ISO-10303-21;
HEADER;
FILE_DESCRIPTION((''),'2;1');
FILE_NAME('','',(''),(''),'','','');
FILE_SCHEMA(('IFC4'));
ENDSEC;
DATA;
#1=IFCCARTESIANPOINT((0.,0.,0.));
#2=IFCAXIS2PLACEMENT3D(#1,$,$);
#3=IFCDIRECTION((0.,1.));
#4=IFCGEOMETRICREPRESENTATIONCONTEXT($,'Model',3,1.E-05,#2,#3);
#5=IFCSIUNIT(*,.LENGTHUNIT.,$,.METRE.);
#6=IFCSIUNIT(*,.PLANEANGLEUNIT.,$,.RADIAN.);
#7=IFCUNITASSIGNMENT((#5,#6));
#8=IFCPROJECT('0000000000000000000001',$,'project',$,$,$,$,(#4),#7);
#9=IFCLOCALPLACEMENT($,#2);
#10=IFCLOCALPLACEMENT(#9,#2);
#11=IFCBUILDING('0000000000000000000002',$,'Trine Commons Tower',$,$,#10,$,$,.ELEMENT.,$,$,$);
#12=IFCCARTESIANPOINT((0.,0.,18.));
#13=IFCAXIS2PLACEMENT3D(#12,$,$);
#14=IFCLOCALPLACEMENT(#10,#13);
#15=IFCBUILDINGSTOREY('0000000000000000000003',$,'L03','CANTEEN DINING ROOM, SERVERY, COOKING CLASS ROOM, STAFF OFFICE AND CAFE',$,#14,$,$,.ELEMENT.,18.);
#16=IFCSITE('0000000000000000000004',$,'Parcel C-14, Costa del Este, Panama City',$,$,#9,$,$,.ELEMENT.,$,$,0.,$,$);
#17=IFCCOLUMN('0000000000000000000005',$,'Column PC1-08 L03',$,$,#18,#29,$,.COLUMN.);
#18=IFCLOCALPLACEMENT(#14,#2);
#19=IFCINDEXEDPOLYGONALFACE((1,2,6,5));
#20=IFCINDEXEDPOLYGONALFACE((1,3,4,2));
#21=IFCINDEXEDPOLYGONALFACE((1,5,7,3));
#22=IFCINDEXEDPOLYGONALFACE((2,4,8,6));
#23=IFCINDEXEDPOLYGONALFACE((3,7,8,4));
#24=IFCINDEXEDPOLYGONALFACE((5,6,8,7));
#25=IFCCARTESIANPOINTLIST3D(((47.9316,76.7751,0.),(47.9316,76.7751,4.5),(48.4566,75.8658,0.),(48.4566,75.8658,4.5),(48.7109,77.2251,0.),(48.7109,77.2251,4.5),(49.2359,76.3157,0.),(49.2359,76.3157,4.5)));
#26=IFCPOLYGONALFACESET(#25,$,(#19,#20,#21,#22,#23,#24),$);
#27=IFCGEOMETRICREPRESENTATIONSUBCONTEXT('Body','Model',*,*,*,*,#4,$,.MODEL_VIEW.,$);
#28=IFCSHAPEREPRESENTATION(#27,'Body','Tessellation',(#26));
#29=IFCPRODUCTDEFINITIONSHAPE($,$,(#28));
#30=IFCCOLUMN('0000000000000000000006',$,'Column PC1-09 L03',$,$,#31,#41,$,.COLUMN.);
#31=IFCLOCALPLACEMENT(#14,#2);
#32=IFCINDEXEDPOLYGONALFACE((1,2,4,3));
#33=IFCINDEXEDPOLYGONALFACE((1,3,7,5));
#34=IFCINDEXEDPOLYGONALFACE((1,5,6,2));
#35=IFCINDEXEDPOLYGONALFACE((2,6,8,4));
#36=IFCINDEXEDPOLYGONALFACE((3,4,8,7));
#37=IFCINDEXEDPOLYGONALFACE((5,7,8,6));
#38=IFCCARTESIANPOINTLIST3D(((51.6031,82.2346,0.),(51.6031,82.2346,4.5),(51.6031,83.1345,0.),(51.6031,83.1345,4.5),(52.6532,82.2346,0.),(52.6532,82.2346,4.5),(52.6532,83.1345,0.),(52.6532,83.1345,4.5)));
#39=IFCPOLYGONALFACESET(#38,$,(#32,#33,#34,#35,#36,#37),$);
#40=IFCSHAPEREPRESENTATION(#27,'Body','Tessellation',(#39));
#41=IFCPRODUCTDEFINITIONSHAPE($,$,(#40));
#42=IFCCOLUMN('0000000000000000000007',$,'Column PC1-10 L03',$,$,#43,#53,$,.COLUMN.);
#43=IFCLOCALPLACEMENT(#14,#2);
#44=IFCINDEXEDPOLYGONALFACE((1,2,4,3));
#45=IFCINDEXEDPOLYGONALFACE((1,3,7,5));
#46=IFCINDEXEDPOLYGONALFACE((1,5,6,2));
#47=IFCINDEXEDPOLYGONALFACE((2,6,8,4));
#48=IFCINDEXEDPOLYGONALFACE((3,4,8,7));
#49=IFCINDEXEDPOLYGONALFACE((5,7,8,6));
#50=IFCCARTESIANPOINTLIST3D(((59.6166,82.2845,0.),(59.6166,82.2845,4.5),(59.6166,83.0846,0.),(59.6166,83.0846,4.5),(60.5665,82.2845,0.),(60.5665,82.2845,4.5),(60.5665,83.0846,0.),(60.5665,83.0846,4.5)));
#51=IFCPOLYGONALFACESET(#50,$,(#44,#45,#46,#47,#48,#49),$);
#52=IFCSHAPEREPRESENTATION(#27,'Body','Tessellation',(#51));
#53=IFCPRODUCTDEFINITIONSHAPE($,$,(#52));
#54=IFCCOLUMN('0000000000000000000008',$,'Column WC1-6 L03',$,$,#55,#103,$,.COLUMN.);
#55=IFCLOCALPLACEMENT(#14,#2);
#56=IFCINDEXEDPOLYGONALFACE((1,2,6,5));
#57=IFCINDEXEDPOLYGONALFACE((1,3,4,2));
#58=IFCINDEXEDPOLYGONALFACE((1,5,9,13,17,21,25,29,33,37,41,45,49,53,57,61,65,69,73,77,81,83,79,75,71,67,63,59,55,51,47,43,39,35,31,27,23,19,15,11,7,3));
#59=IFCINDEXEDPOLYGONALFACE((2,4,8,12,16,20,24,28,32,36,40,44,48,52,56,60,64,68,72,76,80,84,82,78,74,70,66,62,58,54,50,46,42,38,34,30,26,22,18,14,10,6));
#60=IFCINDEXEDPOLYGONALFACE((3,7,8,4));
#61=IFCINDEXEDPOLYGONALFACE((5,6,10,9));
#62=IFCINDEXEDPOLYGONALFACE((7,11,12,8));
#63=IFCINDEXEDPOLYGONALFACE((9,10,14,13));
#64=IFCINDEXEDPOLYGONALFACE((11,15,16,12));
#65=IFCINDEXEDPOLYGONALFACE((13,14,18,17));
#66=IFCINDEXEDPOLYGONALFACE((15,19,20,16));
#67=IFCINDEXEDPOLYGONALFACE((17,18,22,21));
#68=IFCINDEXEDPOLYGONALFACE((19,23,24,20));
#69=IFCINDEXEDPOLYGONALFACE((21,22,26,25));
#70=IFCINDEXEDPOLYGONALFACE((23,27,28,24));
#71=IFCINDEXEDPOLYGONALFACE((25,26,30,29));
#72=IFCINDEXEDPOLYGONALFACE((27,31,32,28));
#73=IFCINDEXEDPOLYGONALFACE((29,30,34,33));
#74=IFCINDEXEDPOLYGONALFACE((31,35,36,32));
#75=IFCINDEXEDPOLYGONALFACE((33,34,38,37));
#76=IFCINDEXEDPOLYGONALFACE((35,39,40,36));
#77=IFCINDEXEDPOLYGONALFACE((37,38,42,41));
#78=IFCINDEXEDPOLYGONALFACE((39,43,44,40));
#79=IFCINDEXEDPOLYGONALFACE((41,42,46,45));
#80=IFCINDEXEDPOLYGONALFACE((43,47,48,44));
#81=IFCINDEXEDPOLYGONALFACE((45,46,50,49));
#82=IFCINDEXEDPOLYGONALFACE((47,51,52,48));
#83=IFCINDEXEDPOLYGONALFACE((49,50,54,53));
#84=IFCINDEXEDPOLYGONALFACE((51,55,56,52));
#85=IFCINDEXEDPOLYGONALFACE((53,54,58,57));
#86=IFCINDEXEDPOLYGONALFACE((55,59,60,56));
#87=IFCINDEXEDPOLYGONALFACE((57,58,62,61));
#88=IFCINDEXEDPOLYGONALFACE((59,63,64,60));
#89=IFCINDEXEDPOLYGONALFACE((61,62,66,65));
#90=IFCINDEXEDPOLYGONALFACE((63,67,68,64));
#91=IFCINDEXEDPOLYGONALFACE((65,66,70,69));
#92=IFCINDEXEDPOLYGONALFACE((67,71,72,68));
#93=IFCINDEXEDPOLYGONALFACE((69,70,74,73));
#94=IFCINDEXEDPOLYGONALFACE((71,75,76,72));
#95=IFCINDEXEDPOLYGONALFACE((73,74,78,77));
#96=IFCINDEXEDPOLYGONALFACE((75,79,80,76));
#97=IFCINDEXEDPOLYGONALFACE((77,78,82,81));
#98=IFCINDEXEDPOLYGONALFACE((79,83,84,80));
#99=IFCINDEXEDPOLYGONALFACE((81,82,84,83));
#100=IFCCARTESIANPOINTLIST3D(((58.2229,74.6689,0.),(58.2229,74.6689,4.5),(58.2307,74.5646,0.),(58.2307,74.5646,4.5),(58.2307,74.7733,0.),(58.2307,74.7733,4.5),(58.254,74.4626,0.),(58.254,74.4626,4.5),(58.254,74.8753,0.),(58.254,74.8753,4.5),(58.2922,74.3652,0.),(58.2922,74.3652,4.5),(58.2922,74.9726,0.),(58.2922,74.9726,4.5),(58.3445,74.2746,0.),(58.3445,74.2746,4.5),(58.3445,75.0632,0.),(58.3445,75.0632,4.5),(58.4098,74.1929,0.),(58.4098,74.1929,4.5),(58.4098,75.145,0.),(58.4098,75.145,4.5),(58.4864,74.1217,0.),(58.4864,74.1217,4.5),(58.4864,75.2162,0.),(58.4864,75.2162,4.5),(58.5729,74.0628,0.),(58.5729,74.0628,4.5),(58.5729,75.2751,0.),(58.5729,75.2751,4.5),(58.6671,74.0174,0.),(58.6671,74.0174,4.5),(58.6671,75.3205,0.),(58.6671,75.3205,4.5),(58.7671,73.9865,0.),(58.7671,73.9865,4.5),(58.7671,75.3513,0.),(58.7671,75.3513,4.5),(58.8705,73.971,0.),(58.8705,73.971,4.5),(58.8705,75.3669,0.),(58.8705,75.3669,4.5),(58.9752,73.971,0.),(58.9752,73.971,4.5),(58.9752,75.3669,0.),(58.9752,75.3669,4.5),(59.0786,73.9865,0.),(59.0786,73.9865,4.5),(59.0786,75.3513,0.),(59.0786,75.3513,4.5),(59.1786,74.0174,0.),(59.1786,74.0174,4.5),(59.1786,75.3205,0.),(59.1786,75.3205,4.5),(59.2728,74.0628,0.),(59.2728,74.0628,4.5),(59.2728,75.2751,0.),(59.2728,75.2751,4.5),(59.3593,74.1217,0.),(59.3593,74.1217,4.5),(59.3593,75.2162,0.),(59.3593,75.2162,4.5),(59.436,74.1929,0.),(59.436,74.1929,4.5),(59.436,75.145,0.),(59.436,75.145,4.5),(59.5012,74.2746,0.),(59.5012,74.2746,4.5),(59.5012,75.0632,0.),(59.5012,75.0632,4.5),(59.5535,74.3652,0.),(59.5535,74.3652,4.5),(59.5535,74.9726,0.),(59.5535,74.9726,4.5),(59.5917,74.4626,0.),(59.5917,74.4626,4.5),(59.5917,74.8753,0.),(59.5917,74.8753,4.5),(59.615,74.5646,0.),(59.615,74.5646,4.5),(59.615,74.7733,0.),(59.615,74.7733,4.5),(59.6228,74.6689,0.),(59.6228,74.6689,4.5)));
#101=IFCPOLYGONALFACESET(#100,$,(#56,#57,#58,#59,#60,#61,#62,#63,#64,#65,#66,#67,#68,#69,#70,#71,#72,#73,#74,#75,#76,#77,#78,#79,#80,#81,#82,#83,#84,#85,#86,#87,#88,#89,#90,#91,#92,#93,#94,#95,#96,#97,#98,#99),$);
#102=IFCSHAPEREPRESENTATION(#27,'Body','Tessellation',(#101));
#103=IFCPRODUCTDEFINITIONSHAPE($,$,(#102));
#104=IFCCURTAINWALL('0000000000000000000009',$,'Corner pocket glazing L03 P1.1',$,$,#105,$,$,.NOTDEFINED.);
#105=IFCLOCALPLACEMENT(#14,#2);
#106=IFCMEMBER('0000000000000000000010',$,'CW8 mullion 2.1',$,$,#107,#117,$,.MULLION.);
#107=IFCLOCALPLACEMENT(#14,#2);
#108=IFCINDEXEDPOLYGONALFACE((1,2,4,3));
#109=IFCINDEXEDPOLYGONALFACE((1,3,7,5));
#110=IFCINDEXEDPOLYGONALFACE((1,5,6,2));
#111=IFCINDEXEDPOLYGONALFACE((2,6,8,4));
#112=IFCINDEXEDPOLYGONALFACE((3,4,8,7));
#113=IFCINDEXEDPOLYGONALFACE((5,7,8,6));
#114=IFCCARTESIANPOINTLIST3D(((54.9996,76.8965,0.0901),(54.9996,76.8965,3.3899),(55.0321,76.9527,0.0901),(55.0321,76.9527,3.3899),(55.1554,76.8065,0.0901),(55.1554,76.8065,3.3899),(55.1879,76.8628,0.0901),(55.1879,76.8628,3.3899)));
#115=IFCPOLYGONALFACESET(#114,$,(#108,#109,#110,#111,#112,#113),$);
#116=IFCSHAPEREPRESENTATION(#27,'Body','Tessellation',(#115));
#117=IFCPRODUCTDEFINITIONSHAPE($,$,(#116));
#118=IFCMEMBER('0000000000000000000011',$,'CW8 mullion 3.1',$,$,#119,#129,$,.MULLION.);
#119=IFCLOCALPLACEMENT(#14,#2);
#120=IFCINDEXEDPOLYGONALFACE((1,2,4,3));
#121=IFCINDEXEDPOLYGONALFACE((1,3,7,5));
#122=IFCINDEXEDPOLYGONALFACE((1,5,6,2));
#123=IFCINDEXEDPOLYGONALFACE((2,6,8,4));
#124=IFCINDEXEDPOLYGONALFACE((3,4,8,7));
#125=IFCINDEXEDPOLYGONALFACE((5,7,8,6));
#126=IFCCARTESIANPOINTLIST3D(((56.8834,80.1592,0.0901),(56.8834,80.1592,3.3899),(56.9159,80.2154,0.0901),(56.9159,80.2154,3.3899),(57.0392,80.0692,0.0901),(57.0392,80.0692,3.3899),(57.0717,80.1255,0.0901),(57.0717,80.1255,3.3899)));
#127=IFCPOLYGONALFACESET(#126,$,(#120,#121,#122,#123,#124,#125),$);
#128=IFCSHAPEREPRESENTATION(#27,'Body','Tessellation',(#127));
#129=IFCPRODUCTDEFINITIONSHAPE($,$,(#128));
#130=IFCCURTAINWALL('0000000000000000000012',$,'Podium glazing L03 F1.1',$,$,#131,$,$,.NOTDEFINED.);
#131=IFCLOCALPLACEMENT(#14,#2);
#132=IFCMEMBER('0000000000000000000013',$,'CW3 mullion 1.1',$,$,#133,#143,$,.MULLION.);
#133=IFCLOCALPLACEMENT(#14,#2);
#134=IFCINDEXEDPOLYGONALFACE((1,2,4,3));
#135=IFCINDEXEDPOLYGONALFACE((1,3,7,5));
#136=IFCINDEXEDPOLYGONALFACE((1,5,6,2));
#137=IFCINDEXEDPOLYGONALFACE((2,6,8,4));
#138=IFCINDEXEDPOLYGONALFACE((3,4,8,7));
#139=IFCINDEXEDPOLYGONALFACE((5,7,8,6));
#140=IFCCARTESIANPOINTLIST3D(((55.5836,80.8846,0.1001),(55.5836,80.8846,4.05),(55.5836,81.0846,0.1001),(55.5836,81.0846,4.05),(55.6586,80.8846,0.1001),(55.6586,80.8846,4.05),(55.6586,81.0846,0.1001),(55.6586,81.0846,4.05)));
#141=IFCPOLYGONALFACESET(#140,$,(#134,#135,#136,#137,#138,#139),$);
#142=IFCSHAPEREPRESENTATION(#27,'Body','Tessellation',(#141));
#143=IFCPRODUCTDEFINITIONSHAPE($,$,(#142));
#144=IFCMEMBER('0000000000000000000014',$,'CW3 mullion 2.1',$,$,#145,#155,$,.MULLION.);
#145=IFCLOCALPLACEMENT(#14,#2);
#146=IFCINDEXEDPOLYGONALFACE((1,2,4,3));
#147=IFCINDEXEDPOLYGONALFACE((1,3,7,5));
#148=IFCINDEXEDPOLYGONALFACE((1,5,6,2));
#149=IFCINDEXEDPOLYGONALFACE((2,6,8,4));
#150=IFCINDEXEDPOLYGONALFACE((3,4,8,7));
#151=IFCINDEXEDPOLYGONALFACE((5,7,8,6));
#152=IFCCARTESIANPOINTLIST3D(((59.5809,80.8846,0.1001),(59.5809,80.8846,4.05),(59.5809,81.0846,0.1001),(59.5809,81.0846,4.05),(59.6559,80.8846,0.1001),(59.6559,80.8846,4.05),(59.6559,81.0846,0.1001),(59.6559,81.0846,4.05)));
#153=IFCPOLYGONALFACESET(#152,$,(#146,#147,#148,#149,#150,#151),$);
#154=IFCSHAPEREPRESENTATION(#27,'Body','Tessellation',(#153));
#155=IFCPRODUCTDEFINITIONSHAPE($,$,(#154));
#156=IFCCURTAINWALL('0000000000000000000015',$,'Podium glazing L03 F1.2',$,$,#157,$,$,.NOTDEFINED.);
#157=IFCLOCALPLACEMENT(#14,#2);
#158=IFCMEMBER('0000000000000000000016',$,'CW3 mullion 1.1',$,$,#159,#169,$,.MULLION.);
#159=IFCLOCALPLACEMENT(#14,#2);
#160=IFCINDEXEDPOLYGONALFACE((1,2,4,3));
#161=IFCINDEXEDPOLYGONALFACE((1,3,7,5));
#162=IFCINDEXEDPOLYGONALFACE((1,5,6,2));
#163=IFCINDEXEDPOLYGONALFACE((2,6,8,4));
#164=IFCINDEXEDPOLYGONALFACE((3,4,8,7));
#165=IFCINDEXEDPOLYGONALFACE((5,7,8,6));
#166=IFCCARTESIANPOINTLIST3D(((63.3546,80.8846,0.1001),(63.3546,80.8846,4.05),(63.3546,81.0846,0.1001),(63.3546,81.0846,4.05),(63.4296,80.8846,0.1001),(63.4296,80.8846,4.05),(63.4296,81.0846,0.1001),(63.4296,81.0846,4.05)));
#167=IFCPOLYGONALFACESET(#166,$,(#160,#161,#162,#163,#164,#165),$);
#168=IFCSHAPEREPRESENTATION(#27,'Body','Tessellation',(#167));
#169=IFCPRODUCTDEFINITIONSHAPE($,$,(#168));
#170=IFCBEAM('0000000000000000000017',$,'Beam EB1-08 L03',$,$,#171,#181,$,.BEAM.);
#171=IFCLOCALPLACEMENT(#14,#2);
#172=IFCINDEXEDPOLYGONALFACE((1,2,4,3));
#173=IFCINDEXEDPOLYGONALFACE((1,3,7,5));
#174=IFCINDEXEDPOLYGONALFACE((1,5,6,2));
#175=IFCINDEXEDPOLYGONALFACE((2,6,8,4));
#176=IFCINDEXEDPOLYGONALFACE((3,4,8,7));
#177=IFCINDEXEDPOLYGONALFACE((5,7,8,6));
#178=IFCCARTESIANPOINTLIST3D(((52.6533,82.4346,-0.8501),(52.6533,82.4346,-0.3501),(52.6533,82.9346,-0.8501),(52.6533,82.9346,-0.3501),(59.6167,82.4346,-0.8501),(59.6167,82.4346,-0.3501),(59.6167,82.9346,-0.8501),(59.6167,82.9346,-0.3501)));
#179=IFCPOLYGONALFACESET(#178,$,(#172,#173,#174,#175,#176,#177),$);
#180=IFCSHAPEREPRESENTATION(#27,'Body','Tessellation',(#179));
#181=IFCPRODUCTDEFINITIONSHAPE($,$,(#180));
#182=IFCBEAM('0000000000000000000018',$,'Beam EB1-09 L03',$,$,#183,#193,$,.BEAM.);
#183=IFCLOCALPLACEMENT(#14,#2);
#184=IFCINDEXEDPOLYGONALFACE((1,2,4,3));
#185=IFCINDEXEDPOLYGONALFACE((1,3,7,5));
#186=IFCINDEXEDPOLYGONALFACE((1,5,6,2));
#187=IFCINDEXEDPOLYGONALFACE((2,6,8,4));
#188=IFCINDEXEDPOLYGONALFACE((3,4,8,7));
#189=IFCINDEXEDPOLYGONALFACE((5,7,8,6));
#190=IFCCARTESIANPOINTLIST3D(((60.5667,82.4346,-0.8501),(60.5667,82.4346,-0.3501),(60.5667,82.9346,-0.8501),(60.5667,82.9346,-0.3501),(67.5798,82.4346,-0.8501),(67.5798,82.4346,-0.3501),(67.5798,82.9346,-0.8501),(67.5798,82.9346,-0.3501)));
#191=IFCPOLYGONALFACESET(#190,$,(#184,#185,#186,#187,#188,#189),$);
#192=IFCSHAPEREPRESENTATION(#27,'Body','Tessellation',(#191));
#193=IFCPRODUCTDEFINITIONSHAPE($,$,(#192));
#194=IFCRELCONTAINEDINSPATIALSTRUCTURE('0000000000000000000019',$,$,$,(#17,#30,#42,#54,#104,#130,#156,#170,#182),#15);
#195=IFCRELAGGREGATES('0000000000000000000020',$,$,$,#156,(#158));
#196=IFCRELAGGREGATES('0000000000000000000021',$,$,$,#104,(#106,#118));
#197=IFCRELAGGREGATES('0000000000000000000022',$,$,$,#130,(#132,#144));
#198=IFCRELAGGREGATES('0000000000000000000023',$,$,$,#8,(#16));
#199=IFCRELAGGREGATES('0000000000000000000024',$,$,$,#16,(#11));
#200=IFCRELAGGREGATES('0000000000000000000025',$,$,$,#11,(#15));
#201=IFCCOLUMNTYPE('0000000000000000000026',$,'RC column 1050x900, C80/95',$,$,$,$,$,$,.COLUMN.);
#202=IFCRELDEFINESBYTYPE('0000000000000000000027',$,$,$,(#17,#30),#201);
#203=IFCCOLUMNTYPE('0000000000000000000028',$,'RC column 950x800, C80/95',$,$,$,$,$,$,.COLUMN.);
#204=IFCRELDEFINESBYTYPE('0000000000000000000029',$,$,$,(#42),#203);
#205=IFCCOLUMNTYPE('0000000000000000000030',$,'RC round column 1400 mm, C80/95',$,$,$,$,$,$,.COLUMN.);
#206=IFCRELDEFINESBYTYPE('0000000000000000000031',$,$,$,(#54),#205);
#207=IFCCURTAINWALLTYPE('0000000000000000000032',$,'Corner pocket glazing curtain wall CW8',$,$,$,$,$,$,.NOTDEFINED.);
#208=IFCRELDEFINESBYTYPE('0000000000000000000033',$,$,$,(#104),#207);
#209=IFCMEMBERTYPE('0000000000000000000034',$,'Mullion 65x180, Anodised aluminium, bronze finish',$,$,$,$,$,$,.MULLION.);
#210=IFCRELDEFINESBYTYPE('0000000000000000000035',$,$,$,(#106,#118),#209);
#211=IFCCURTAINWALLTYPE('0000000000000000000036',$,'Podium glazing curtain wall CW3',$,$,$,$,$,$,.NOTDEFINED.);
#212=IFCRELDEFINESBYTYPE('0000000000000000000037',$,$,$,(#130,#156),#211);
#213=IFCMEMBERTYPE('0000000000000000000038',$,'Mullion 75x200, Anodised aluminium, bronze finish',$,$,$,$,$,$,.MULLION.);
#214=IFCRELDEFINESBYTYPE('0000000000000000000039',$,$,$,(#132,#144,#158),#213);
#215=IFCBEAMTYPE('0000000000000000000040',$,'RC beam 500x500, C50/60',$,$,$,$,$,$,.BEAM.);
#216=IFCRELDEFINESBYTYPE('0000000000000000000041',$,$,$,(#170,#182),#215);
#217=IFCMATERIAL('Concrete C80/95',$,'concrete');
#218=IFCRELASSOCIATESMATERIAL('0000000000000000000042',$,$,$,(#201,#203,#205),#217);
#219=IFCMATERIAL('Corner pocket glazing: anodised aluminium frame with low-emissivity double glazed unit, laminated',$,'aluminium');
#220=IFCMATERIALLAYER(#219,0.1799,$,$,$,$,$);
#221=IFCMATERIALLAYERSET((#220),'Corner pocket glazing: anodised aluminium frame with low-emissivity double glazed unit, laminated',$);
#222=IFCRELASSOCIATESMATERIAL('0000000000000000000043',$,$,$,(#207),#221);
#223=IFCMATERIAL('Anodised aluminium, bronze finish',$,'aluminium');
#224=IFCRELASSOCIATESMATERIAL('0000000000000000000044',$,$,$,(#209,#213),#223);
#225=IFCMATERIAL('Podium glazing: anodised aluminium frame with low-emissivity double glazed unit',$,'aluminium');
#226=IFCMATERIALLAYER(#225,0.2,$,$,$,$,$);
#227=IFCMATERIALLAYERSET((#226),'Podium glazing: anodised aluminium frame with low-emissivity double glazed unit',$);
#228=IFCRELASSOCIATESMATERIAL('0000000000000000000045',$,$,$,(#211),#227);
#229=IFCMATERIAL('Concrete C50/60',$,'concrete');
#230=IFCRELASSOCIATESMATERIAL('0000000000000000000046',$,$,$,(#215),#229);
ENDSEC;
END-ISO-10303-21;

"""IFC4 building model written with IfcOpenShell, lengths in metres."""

from ifc_helpers import new_model, si_unit, direction, frame, origin, origin_2d, place, context, subcontext, project, spatial, rectangle, circle, extrude, material, layer, layer_set, material_profile, profile_set, type_object, element, aggregate, save


model = new_model("IFC4")

# Units and contexts
model_context = context("Model", 3, precision=1e-05, world=origin(), true_north=direction((0.0, 1.0)))
body_context = subcontext(model_context, "Body", "Model", "MODEL_VIEW")
ifc_project = project(units=[si_unit("LENGTHUNIT", "METRE"), si_unit("PLANEANGLEUNIT", "RADIAN")], contexts=[model_context])

# Site, building, storey
site_placement = place(None, origin())
site = spatial("IfcSite", under=ifc_project, at=site_placement, Name="Parcel C-14, Costa del Este, Panama City", CompositionType="ELEMENT", RefElevation=0.0)
building_placement = place(site_placement, origin())
building = spatial("IfcBuilding", under=site, at=building_placement, Name="Trine Commons Tower", CompositionType="ELEMENT")
storey_placement = place(building_placement, frame((0.0, 0.0, 18.0)))
storey = spatial("IfcBuildingStorey", under=building, at=storey_placement, Name="L03", Description="CANTEEN DINING ROOM, SERVERY, COOKING CLASS ROOM, STAFF OFFICE AND CAFE", CompositionType="ELEMENT", Elevation=18.0)

# Columns
ifc_material_1 = material(Name="Concrete C80/95", Category="concrete")
ifc_material_profile_1 = material_profile(ifc_material_1, rectangle(XDim=1.05, YDim=0.8999, at=origin_2d()), Name="RC 1050x900")
ifc_profile_set_1 = profile_set([ifc_material_profile_1], Name="Concrete C80/95")
column_type_1 = type_object("IfcColumnType", Name="RC column 1050x900, C80/95", PredefinedType="COLUMN", material=ifc_profile_set_1)
for number, where, z_axis, x_axis, name in (
    (1, (48.5837, 76.5454, 0.0), (0.0, 0.0, 1.0), (-0.5, 0.866025, 0.0), "Column PC1-08 L03"),
    (2, (52.1282, 82.6846, 0.0), (0.0, 0.0, 1.0), (1.0, 0.0, 0.0), "Column PC1-09 L03"),
):
    element("IfcColumn", number, at=place(storey_placement, frame(where, z_axis=z_axis, x_axis=x_axis)), inside=storey, type_object=column_type_1, Name=name, PredefinedType="COLUMN", context=body_context, shape_type="SweptSolid", body=[
        extrude(rectangle(XDim=1.05, YDim=0.8999, at=origin_2d()), origin(), (0.0, 0.0, 1.0), 4.5),
    ])
ifc_material_profile_2 = material_profile(ifc_material_1, rectangle(XDim=0.95, YDim=0.8, at=origin_2d()), Name="RC 950x800")
ifc_profile_set_2 = profile_set([ifc_material_profile_2], Name="Concrete C80/95")
column_type_2 = type_object("IfcColumnType", Name="RC column 950x800, C80/95", PredefinedType="COLUMN", material=ifc_profile_set_2)
column_1_placement = place(storey_placement, frame((60.0916, 82.6846, 0.0), z_axis=(0.0, 0.0, 1.0), x_axis=(1.0, 0.0, 0.0)))
element("IfcColumn", 3, at=column_1_placement, inside=storey, type_object=column_type_2, Name="Column PC1-10 L03", PredefinedType="COLUMN", context=body_context, shape_type="SweptSolid", body=[
    extrude(rectangle(XDim=0.95, YDim=0.8, at=origin_2d()), origin(), (0.0, 0.0, 1.0), 4.5),
])
ifc_material_profile_3 = material_profile(ifc_material_1, circle(Radius=0.7, at=origin_2d()), Name="RC round 1400")
ifc_profile_set_3 = profile_set([ifc_material_profile_3], Name="Concrete C80/95")
column_type_3 = type_object("IfcColumnType", Name="RC round column 1400 mm, C80/95", PredefinedType="COLUMN", material=ifc_profile_set_3)
column_2_placement = place(storey_placement, frame((58.9229, 74.6689, 0.0), z_axis=(0.0, 0.0, 1.0), x_axis=(1.0, 0.0, 0.0)))
element("IfcColumn", 4, at=column_2_placement, inside=storey, type_object=column_type_3, Name="Column WC1-6 L03", PredefinedType="COLUMN", context=body_context, shape_type="SweptSolid", body=[
    extrude(circle(Radius=0.7, at=origin_2d()), origin(), (0.0, 0.0, 1.0), 4.5),
])

# Curtain walls, members
ifc_material_2 = material(Name="Corner pocket glazing: anodised aluminium frame with low-emissivity double glazed unit, laminated", Category="aluminium")
ifc_layer_1 = layer(ifc_material_2, 0.1799)
ifc_layer_set_1 = layer_set([ifc_layer_1], Name="Corner pocket glazing: anodised aluminium frame with low-emissivity double glazed unit, laminated")
curtain_wall_type_1 = type_object("IfcCurtainWallType", Name="Corner pocket glazing curtain wall CW8", PredefinedType="NOTDEFINED", material=ifc_layer_set_1)
curtain_wall_1_placement = place(storey_placement, origin())
curtain_wall_1 = element("IfcCurtainWall", 5, at=curtain_wall_1_placement, inside=storey, type_object=curtain_wall_type_1, Name="Corner pocket glazing L03 P1.1", PredefinedType="NOTDEFINED")
ifc_material_3 = material(Name="Anodised aluminium, bronze finish", Category="aluminium")
ifc_material_profile_4 = material_profile(ifc_material_3, rectangle(XDim=0.1799, YDim=0.0649, at=origin_2d()), Name="Mullion 65x180")
ifc_profile_set_4 = profile_set([ifc_material_profile_4], Name="Anodised aluminium, bronze finish")
member_type_1 = type_object("IfcMemberType", Name="Mullion 65x180, Anodised aluminium, bronze finish", PredefinedType="MULLION", material=ifc_profile_set_4)
member_1_placement = place(storey_placement, frame((55.0938, 76.8796, 0.0901), z_axis=(0.0, 0.0, 1.0), x_axis=(-0.866025, 0.5, 0.0)))
member_1 = element("IfcMember", 6, at=member_1_placement, type_object=member_type_1, Name="CW8 mullion 2.1", PredefinedType="MULLION", context=body_context, shape_type="SweptSolid", body=[
    extrude(rectangle(XDim=0.1799, YDim=0.0649, at=origin_2d()), origin(), (0.0, 0.0, 1.0), 3.2998),
])
member_2_placement = place(storey_placement, frame((56.9775, 80.1423, 0.0901), z_axis=(0.0, 0.0, 1.0), x_axis=(-0.866025, 0.5, 0.0)))
member_2 = element("IfcMember", 7, at=member_2_placement, type_object=member_type_1, Name="CW8 mullion 3.1", PredefinedType="MULLION", context=body_context, shape_type="SweptSolid", body=[
    extrude(rectangle(XDim=0.1799, YDim=0.0649, at=origin_2d()), origin(), (0.0, 0.0, 1.0), 3.2998),
])
ifc_material_4 = material(Name="Podium glazing: anodised aluminium frame with low-emissivity double glazed unit", Category="aluminium")
ifc_layer_2 = layer(ifc_material_4, 0.2)
ifc_layer_set_2 = layer_set([ifc_layer_2], Name="Podium glazing: anodised aluminium frame with low-emissivity double glazed unit")
curtain_wall_type_2 = type_object("IfcCurtainWallType", Name="Podium glazing curtain wall CW3", PredefinedType="NOTDEFINED", material=ifc_layer_set_2)
curtain_wall_2_placement = place(storey_placement, origin())
curtain_wall_2 = element("IfcCurtainWall", 8, at=curtain_wall_2_placement, inside=storey, type_object=curtain_wall_type_2, Name="Podium glazing L03 F1.1", PredefinedType="NOTDEFINED")
ifc_material_profile_5 = material_profile(ifc_material_3, rectangle(XDim=0.2, YDim=0.075, at=origin_2d()), Name="Mullion 75x200")
ifc_profile_set_5 = profile_set([ifc_material_profile_5], Name="Anodised aluminium, bronze finish")
member_type_2 = type_object("IfcMemberType", Name="Mullion 75x200, Anodised aluminium, bronze finish", PredefinedType="MULLION", material=ifc_profile_set_5)
member_3_placement = place(storey_placement, frame((55.6211, 80.9846, 0.1001), z_axis=(0.0, 0.0, 1.0), x_axis=(0.0, 1.0, 0.0)))
member_3 = element("IfcMember", 9, at=member_3_placement, type_object=member_type_2, Name="CW3 mullion 1.1", PredefinedType="MULLION", context=body_context, shape_type="SweptSolid", body=[
    extrude(rectangle(XDim=0.2, YDim=0.075, at=origin_2d()), origin(), (0.0, 0.0, 1.0), 3.95),
])
member_4_placement = place(storey_placement, frame((59.6184, 80.9846, 0.1001), z_axis=(0.0, 0.0, 1.0), x_axis=(0.0, 1.0, 0.0)))
member_4 = element("IfcMember", 10, at=member_4_placement, type_object=member_type_2, Name="CW3 mullion 2.1", PredefinedType="MULLION", context=body_context, shape_type="SweptSolid", body=[
    extrude(rectangle(XDim=0.2, YDim=0.075, at=origin_2d()), origin(), (0.0, 0.0, 1.0), 3.95),
])

# Curtain wall, member
curtain_wall_3_placement = place(storey_placement, origin())
curtain_wall_3 = element("IfcCurtainWall", 11, at=curtain_wall_3_placement, inside=storey, type_object=curtain_wall_type_2, Name="Podium glazing L03 F1.2", PredefinedType="NOTDEFINED")
member_5_placement = place(storey_placement, frame((63.3921, 80.9846, 0.1001), z_axis=(0.0, 0.0, 1.0), x_axis=(0.0, 1.0, 0.0)))
member_5 = element("IfcMember", 12, at=member_5_placement, type_object=member_type_2, Name="CW3 mullion 1.1", PredefinedType="MULLION", context=body_context, shape_type="SweptSolid", body=[
    extrude(rectangle(XDim=0.2, YDim=0.075, at=origin_2d()), origin(), (0.0, 0.0, 1.0), 3.95),
])

# Beams
ifc_material_5 = material(Name="Concrete C50/60", Category="concrete")
ifc_material_profile_6 = material_profile(ifc_material_5, rectangle(XDim=0.5, YDim=0.5, at=origin_2d()), Name="RC 500x500")
ifc_profile_set_6 = profile_set([ifc_material_profile_6], Name="Concrete C50/60")
beam_type_1 = type_object("IfcBeamType", Name="RC beam 500x500, C50/60", PredefinedType="BEAM", material=ifc_profile_set_6)
beam_1_placement = place(storey_placement, frame((52.6533, 82.6846, -0.6001), z_axis=(1.0, 0.0, 0.0), x_axis=(0.0, 1.0, 0.0)))
element("IfcBeam", 13, at=beam_1_placement, inside=storey, type_object=beam_type_1, Name="Beam EB1-08 L03", PredefinedType="BEAM", context=body_context, shape_type="SweptSolid", body=[
    extrude(rectangle(XDim=0.5, YDim=0.5, at=origin_2d()), origin(), (0.0, 0.0, 1.0), 6.9634),
])
beam_2_placement = place(storey_placement, frame((60.5667, 82.6846, -0.6001), z_axis=(1.0, 0.0, 0.0), x_axis=(0.0, 1.0, 0.0)))
element("IfcBeam", 14, at=beam_2_placement, inside=storey, type_object=beam_type_1, Name="Beam EB1-09 L03", PredefinedType="BEAM", context=body_context, shape_type="SweptSolid", body=[
    extrude(rectangle(XDim=0.5, YDim=0.5, at=origin_2d()), origin(), (0.0, 0.0, 1.0), 7.0132),
])

aggregate(curtain_wall_3, [member_5])

aggregate(curtain_wall_1, [member_1, member_2])
aggregate(curtain_wall_2, [member_3, member_4])

save(model, "model.ifc")
